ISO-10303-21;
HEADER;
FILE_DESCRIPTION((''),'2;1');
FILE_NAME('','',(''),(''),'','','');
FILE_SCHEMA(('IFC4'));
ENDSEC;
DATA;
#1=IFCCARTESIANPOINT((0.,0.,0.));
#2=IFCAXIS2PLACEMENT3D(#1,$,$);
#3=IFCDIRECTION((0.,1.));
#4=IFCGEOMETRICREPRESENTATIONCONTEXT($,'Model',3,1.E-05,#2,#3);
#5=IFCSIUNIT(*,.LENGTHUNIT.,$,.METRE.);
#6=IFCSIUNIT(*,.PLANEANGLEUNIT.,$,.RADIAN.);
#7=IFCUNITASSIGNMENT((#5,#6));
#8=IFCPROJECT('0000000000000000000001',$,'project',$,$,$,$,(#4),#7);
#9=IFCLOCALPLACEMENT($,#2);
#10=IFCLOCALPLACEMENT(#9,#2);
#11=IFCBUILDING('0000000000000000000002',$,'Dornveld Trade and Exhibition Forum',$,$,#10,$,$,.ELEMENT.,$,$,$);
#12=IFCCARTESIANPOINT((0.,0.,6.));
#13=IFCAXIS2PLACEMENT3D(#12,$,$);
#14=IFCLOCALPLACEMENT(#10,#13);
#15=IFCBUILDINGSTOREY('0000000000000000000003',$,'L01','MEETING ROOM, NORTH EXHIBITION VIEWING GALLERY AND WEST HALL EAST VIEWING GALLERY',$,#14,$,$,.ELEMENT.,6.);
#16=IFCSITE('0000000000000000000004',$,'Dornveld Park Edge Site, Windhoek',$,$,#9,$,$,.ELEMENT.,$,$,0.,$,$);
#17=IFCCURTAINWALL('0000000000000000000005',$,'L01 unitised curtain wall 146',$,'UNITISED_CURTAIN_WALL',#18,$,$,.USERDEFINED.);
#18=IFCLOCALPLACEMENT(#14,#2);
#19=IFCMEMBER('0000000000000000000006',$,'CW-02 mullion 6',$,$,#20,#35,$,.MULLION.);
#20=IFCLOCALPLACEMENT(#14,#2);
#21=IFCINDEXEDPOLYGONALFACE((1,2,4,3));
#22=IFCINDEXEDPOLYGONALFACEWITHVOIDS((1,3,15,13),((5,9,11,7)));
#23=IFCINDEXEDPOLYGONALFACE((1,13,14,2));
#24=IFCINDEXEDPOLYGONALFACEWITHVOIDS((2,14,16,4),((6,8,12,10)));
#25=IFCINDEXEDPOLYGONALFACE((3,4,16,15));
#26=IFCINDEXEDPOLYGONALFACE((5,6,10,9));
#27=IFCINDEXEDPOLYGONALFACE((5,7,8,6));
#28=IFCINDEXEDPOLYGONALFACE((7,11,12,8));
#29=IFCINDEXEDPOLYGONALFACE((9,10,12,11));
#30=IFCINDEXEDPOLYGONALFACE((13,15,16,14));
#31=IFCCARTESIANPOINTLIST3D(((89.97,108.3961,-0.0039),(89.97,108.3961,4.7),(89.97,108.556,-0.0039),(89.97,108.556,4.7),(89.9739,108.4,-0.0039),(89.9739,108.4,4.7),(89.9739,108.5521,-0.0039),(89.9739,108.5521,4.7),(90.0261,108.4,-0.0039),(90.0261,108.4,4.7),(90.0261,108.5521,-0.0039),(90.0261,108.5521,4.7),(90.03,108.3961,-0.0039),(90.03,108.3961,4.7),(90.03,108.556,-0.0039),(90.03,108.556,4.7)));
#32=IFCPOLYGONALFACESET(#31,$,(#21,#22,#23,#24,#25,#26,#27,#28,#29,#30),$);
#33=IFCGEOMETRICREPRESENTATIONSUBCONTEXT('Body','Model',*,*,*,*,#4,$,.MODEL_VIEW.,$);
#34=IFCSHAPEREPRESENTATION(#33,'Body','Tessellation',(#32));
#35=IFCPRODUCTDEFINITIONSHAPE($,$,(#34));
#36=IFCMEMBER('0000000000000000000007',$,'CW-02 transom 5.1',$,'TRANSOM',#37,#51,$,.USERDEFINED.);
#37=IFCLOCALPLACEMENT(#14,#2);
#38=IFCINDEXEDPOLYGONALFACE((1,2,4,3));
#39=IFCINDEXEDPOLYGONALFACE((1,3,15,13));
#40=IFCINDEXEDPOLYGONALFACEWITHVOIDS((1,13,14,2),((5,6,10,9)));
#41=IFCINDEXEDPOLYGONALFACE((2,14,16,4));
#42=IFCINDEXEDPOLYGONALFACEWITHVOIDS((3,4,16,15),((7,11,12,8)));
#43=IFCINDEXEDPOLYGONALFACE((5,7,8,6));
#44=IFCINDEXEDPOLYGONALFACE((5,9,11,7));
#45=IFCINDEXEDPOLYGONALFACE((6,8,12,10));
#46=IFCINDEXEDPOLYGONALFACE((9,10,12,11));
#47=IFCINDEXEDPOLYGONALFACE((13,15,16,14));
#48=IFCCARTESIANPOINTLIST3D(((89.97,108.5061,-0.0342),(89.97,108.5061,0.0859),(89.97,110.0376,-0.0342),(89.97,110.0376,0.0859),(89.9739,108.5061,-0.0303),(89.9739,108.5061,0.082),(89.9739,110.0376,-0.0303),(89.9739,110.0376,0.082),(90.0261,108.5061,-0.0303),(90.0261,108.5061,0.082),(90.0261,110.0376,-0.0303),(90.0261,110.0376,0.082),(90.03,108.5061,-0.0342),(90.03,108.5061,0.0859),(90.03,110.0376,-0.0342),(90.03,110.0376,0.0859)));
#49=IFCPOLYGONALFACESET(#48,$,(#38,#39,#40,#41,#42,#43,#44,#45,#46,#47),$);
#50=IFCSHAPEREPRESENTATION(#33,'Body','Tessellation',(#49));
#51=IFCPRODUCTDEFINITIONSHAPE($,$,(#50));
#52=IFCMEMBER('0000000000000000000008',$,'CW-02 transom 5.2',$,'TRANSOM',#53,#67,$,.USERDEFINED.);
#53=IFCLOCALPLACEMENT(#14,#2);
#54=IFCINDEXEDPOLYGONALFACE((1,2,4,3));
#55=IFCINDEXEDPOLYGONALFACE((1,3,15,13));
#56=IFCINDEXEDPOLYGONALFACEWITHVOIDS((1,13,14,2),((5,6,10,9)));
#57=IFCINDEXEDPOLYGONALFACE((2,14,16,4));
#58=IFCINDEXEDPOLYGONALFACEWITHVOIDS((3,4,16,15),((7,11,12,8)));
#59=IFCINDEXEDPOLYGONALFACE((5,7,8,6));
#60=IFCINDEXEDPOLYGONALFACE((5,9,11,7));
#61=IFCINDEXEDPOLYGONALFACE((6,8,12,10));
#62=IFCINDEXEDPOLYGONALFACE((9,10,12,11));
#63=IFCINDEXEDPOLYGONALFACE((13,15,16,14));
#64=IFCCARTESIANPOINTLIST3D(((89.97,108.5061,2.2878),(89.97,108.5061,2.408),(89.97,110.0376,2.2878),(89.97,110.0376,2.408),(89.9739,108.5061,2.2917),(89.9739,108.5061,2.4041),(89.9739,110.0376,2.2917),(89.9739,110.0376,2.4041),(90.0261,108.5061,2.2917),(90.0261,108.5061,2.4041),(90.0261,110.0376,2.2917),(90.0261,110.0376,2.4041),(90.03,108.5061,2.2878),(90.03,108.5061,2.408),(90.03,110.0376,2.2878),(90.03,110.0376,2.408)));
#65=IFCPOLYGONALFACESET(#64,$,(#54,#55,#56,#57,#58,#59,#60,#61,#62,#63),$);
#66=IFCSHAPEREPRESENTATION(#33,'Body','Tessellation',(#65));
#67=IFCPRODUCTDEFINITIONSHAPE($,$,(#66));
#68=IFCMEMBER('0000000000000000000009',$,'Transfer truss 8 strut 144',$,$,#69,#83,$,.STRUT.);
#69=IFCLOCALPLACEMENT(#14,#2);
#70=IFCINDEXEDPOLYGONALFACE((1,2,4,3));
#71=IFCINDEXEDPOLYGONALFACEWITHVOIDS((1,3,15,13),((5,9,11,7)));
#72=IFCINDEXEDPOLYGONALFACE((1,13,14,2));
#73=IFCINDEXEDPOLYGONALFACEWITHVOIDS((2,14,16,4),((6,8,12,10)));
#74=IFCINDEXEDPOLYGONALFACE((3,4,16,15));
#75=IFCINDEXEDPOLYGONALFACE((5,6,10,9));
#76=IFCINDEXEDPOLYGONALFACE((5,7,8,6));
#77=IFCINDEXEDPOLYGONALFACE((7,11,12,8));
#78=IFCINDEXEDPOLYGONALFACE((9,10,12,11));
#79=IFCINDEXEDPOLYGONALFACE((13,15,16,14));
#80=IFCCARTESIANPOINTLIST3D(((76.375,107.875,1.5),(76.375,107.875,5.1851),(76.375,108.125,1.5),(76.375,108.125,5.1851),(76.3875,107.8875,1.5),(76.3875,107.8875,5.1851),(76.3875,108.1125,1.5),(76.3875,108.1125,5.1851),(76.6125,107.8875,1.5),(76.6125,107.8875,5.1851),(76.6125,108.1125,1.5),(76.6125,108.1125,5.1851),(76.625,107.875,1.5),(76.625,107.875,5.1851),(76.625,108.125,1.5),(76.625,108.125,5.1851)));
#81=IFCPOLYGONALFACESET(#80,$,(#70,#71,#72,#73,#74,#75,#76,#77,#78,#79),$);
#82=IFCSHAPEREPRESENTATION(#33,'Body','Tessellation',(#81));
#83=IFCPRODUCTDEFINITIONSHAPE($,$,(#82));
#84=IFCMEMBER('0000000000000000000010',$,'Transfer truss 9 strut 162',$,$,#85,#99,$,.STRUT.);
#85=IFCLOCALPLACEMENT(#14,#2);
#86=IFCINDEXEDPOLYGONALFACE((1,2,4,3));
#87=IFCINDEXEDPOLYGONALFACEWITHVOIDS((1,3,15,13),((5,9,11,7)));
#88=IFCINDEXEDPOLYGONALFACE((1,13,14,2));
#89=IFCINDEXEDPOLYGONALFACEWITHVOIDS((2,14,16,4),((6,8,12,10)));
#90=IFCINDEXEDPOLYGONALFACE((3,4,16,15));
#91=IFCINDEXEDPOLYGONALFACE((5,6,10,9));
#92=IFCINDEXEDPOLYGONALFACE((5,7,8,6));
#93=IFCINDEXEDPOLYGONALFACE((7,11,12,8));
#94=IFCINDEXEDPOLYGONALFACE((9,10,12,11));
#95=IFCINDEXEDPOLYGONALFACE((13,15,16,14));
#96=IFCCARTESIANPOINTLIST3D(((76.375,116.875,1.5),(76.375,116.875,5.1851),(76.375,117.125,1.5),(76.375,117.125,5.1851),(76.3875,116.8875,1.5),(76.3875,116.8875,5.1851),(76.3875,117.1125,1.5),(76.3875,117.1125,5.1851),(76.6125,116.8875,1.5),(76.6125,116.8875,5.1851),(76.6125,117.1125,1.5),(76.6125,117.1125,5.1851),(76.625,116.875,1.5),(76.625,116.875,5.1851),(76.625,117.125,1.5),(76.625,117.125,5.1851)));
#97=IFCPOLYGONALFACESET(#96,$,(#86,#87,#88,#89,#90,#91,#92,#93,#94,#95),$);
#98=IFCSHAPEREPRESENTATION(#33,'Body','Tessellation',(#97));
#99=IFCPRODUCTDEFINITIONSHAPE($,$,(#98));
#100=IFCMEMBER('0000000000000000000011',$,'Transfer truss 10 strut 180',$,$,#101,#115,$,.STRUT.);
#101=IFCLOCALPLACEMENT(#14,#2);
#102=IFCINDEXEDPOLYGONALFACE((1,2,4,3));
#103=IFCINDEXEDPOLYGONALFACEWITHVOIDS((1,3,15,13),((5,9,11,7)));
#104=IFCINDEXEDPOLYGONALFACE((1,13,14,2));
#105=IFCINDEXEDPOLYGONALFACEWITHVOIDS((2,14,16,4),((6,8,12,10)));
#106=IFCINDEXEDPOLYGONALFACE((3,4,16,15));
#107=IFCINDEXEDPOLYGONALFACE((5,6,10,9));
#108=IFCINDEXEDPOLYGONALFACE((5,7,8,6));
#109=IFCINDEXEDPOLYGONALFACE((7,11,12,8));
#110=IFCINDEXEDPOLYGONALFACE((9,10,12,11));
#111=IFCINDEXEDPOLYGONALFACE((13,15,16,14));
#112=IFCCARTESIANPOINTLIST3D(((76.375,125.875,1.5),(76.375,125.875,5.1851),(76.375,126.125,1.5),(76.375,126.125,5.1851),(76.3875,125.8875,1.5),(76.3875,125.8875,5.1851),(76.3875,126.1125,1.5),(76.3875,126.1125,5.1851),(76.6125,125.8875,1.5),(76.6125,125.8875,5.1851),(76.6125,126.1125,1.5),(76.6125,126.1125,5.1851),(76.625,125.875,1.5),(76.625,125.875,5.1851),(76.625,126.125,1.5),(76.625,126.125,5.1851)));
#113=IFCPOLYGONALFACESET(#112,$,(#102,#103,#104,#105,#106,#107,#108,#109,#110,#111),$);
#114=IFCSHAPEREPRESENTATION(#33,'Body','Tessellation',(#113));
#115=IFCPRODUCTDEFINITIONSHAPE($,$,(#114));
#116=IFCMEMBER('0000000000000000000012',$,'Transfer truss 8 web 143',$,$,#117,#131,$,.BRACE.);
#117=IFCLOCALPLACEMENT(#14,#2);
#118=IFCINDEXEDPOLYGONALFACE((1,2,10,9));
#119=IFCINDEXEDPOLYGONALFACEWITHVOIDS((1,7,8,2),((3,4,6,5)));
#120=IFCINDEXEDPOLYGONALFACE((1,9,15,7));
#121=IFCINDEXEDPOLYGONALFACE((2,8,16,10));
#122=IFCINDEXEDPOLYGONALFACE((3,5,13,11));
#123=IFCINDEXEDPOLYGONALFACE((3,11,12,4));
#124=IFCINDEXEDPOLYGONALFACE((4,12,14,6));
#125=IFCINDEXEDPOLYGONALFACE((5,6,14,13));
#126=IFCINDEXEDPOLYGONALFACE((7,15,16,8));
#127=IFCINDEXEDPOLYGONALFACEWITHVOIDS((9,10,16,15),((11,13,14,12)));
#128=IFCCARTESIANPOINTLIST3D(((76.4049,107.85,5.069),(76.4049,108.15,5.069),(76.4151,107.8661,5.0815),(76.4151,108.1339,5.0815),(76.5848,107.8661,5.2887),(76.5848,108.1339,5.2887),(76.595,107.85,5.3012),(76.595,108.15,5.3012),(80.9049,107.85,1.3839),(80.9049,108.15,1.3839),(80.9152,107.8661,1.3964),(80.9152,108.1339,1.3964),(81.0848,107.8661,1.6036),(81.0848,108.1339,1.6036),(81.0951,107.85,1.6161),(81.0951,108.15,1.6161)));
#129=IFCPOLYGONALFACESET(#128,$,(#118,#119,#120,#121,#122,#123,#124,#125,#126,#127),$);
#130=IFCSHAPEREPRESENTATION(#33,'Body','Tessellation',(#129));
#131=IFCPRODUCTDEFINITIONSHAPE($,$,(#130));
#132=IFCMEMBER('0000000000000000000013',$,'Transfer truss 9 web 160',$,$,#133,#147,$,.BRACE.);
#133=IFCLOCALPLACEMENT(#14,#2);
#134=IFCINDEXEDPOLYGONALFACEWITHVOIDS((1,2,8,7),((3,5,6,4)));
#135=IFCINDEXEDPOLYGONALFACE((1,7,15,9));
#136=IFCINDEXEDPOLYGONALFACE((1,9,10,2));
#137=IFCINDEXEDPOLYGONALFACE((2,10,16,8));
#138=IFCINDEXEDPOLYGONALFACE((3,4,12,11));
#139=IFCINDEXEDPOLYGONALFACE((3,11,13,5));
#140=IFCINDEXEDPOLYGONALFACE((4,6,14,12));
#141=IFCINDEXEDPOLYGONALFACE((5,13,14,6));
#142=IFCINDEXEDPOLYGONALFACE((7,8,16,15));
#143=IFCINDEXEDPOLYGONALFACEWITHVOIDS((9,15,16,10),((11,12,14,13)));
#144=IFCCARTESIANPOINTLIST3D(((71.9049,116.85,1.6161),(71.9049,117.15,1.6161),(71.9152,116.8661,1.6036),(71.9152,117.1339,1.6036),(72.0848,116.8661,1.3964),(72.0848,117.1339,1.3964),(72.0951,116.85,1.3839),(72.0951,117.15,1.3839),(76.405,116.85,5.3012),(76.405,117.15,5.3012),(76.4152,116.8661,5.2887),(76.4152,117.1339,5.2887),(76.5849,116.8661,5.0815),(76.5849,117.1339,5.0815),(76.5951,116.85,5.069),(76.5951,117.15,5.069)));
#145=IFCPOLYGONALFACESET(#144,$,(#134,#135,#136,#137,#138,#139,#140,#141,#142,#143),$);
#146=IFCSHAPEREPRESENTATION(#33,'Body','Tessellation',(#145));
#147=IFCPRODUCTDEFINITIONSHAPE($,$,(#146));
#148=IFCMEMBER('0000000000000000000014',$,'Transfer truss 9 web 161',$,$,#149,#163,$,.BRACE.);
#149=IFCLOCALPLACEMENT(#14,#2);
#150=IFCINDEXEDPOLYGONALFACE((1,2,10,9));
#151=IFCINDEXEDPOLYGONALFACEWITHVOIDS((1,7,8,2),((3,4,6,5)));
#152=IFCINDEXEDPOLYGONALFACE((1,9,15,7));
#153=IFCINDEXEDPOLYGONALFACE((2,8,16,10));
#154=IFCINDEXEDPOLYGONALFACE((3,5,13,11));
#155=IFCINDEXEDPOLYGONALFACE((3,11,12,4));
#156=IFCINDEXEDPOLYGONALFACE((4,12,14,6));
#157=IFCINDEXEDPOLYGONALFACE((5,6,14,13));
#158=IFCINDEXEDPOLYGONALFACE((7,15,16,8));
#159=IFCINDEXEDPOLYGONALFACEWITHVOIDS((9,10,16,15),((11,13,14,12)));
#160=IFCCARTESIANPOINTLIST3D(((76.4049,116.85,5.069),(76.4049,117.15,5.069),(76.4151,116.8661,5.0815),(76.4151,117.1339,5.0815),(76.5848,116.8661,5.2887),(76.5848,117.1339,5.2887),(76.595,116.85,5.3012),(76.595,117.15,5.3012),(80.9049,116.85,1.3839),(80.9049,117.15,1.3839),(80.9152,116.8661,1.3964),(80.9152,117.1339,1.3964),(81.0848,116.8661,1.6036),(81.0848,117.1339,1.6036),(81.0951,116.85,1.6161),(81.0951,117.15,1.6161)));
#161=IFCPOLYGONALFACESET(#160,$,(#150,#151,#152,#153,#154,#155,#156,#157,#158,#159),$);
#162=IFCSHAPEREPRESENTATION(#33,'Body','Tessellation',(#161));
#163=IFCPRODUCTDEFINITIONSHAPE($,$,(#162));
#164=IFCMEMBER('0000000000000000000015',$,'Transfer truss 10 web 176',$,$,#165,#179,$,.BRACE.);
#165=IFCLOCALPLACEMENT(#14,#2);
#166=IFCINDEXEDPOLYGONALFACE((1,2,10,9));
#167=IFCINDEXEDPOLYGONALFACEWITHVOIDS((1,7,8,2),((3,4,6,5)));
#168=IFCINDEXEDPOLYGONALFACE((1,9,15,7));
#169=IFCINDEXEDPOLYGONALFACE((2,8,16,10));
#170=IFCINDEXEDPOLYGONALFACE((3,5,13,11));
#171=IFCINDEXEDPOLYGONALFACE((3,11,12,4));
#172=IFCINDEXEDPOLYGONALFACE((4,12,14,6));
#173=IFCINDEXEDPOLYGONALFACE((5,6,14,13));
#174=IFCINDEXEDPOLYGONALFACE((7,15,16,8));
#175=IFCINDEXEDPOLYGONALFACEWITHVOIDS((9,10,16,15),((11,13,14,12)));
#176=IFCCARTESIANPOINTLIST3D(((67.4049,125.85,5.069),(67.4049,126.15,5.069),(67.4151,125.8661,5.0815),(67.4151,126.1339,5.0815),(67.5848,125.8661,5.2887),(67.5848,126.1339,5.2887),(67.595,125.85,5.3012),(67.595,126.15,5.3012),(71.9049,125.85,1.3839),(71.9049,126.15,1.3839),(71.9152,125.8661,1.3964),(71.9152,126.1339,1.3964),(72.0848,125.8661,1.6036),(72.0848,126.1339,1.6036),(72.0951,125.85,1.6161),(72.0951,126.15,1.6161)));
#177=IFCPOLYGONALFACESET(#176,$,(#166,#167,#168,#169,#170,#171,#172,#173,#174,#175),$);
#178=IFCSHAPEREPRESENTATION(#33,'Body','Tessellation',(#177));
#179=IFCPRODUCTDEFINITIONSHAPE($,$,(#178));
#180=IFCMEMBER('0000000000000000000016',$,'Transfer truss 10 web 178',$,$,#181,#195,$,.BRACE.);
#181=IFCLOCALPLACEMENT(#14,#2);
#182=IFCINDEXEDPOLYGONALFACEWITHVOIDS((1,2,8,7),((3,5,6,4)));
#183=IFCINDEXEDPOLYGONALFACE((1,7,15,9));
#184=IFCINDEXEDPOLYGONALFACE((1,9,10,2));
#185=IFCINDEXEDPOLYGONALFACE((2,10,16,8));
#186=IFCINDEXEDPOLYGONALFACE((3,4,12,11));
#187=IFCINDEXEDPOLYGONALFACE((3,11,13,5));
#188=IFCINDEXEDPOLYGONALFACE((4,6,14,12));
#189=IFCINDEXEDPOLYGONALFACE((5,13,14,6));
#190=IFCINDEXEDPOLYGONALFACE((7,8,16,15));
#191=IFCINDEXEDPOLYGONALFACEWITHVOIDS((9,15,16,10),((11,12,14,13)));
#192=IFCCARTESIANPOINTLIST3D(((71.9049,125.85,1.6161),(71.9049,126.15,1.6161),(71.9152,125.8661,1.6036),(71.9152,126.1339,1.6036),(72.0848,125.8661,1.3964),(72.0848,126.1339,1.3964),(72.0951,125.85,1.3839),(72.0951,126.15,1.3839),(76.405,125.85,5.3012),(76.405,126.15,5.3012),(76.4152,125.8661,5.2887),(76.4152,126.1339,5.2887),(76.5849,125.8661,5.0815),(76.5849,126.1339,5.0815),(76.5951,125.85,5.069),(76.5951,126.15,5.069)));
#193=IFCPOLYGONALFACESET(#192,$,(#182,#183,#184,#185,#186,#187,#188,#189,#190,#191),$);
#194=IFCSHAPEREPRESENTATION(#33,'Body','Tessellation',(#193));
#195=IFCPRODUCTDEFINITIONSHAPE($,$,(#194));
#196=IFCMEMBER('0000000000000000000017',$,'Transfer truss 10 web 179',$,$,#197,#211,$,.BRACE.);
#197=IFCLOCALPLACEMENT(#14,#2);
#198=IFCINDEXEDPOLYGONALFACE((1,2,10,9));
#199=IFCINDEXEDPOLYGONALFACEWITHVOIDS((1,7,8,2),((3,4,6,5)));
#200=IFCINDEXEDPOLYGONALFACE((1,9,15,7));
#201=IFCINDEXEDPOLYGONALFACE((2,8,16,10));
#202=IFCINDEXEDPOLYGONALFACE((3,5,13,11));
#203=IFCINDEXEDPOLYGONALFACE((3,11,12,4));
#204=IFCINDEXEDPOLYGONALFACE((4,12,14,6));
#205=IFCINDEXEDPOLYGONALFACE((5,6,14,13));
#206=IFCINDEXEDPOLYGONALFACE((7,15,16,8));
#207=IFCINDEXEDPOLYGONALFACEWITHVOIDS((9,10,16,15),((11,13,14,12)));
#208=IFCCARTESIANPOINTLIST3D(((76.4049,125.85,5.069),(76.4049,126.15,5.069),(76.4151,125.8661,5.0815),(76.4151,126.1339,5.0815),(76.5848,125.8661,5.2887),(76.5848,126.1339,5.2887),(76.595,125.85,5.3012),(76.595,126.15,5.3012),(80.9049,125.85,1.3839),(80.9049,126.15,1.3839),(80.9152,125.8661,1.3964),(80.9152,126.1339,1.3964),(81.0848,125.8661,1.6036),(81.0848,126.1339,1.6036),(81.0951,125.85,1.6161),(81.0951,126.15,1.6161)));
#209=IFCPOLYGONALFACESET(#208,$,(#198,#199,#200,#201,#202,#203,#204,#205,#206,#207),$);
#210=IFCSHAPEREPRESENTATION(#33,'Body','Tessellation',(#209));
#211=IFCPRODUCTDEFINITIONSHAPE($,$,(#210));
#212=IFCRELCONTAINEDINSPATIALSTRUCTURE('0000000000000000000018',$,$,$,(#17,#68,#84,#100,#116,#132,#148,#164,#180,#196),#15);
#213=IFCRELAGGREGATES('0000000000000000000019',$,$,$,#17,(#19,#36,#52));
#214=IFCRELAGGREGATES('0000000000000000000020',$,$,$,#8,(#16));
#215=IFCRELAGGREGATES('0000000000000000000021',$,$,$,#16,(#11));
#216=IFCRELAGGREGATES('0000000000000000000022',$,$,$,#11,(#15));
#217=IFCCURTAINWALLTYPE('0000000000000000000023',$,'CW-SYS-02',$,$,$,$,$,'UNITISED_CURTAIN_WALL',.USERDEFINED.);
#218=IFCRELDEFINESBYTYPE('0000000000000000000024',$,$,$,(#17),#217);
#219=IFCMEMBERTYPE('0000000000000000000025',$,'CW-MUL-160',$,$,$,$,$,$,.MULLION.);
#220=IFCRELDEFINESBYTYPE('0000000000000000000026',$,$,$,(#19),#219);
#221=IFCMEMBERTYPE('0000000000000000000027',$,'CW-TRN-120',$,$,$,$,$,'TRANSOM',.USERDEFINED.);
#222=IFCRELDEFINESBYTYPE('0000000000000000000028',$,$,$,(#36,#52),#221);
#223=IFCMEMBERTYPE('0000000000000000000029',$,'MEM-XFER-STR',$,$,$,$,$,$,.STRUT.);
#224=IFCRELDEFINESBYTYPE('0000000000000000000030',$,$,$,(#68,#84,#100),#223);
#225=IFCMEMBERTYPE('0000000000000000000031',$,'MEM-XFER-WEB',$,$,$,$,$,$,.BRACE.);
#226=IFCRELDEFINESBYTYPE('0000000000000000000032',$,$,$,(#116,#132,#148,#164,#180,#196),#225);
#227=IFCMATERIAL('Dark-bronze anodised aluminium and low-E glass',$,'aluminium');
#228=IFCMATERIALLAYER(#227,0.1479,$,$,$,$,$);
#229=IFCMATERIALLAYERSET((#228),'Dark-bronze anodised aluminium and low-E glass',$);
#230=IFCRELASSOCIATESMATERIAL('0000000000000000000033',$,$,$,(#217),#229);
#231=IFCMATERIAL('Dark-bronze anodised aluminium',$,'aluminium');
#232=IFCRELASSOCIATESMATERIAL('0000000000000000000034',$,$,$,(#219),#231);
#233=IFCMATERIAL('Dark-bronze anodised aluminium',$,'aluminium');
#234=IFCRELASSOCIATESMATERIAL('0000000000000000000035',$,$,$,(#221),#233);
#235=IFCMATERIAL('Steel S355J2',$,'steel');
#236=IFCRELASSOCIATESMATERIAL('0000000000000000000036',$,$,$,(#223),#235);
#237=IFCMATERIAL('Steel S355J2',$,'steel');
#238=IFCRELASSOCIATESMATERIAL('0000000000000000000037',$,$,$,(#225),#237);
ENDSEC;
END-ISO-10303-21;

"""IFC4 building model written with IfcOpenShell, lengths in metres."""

from ifc_helpers import new_model, si_unit, direction, frame, origin, origin_2d, place, context, subcontext, project, spatial, hollow_rectangle, extrude, material, layer, layer_set, material_profile, profile_set, type_object, element, aggregate, save


model = new_model("IFC4")

# Units and contexts
model_context = context("Model", 3, precision=1e-05, world=origin(), true_north=direction((0.0, 1.0)))
body_context = subcontext(model_context, "Body", "Model", "MODEL_VIEW")
ifc_project = project(units=[si_unit("LENGTHUNIT", "METRE"), si_unit("PLANEANGLEUNIT", "RADIAN")], contexts=[model_context])

# Site, building, storey
site_placement = place(None, origin())
site = spatial("IfcSite", under=ifc_project, at=site_placement, Name="Dornveld Park Edge Site, Windhoek", CompositionType="ELEMENT", RefElevation=0.0)
building_placement = place(site_placement, origin())
building = spatial("IfcBuilding", under=site, at=building_placement, Name="Dornveld Trade and Exhibition Forum", CompositionType="ELEMENT")
storey_placement = place(building_placement, frame((0.0, 0.0, 6.0)))
storey = spatial("IfcBuildingStorey", under=building, at=storey_placement, Name="L01", Description="MEETING ROOM, NORTH EXHIBITION VIEWING GALLERY AND WEST HALL EAST VIEWING GALLERY", CompositionType="ELEMENT", Elevation=6.0)

# Curtain wall, members
ifc_material_1 = material(Name="Dark-bronze anodised aluminium and low-E glass", Category="aluminium")
ifc_layer_1 = layer(ifc_material_1, 0.1479)
ifc_layer_set_1 = layer_set([ifc_layer_1], Name="Dark-bronze anodised aluminium and low-E glass")
curtain_wall_type = type_object("IfcCurtainWallType", Name="CW-SYS-02", ElementType="UNITISED_CURTAIN_WALL", PredefinedType="USERDEFINED", material=ifc_layer_set_1)
curtain_wall_placement = place(storey_placement, origin())
curtain_wall = element("IfcCurtainWall", 1, at=curtain_wall_placement, inside=storey, type_object=curtain_wall_type, Name="L01 unitised curtain wall 146", ObjectType="UNITISED_CURTAIN_WALL", PredefinedType="USERDEFINED")
ifc_material_2 = material(Name="Dark-bronze anodised aluminium", Category="aluminium")
ifc_material_profile_1 = material_profile(ifc_material_2, hollow_rectangle(XDim=0.0601, YDim=0.1599, WallThickness=0.0039, at=origin_2d()), Name="RHS 160x60x4")
ifc_profile_set_1 = profile_set([ifc_material_profile_1], Name="Dark-bronze anodised aluminium")
member_type_1 = type_object("IfcMemberType", Name="CW-MUL-160", PredefinedType="MULLION", material=ifc_profile_set_1)
member_1_placement = place(storey_placement, frame((90.0, 108.4761, -0.0039), z_axis=(0.0, 0.0, 1.0), x_axis=(1.0, 0.0, 0.0)))
member_1 = element("IfcMember", 2, at=member_1_placement, type_object=member_type_1, Name="CW-02 mullion 6", PredefinedType="MULLION", context=body_context, shape_type="SweptSolid", body=[
    extrude(hollow_rectangle(XDim=0.0601, YDim=0.1599, WallThickness=0.0039, at=origin_2d()), origin(), (0.0, 0.0, 1.0), 4.7039),
])
ifc_material_3 = material(Name="Dark-bronze anodised aluminium", Category="aluminium")
ifc_material_profile_2 = material_profile(ifc_material_3, hollow_rectangle(XDim=0.0601, YDim=0.1201, WallThickness=0.0039, at=origin_2d()), Name="RHS 120x60x4")
ifc_profile_set_2 = profile_set([ifc_material_profile_2], Name="Dark-bronze anodised aluminium")
member_type_2 = type_object("IfcMemberType", Name="CW-TRN-120", ElementType="TRANSOM", PredefinedType="USERDEFINED", material=ifc_profile_set_2)
member_2_placement = place(storey_placement, frame((90.0, 110.0376, 0.0259), z_axis=(0.0, -1.0, 0.0), x_axis=(1.0, 0.0, 0.0)))
member_2 = element("IfcMember", 3, at=member_2_placement, type_object=member_type_2, Name="CW-02 transom 5.1", ObjectType="TRANSOM", PredefinedType="USERDEFINED", context=body_context, shape_type="SweptSolid", body=[
    extrude(hollow_rectangle(XDim=0.0601, YDim=0.1201, WallThickness=0.0039, at=origin_2d()), origin(), (0.0, 0.0, 1.0), 1.5315),
])
member_3_placement = place(storey_placement, frame((90.0, 110.0376, 2.3479), z_axis=(0.0, -1.0, 0.0), x_axis=(1.0, 0.0, 0.0)))
member_3 = element("IfcMember", 4, at=member_3_placement, type_object=member_type_2, Name="CW-02 transom 5.2", ObjectType="TRANSOM", PredefinedType="USERDEFINED", context=body_context, shape_type="SweptSolid", body=[
    extrude(hollow_rectangle(XDim=0.0601, YDim=0.1201, WallThickness=0.0039, at=origin_2d()), origin(), (0.0, 0.0, 1.0), 1.5315),
])

# Members
ifc_material_4 = material(Name="Steel S355J2", Category="steel")
ifc_material_profile_3 = material_profile(ifc_material_4, hollow_rectangle(XDim=0.25, YDim=0.25, WallThickness=0.0125, at=origin_2d()), Name="SHS 250x250x12.5")
ifc_profile_set_3 = profile_set([ifc_material_profile_3], Name="Steel S355J2")
member_type_3 = type_object("IfcMemberType", Name="MEM-XFER-STR", PredefinedType="STRUT", material=ifc_profile_set_3)
for number, where, z_axis, x_axis, name in (
    (5, (76.5, 108.0, 1.5), (0.0, 0.0, 1.0), (1.0, 0.0, 0.0), "Transfer truss 8 strut 144"),
    (6, (76.5, 117.0, 1.5), (0.0, 0.0, 1.0), (1.0, 0.0, 0.0), "Transfer truss 9 strut 162"),
    (7, (76.5, 126.0, 1.5), (0.0, 0.0, 1.0), (1.0, 0.0, 0.0), "Transfer truss 10 strut 180"),
):
    element("IfcMember", number, at=place(storey_placement, frame(where, z_axis=z_axis, x_axis=x_axis)), inside=storey, type_object=member_type_3, Name=name, PredefinedType="STRUT", context=body_context, shape_type="SweptSolid", body=[
        extrude(hollow_rectangle(XDim=0.25, YDim=0.25, WallThickness=0.0125, at=origin_2d()), origin(), (0.0, 0.0, 1.0), 3.6851),
    ])
ifc_material_5 = material(Name="Steel S355J2", Category="steel")
ifc_material_profile_4 = material_profile(ifc_material_5, hollow_rectangle(XDim=0.3, YDim=0.3, WallThickness=0.0161, at=origin_2d()), Name="SHS 300x300x16")
ifc_profile_set_4 = profile_set([ifc_material_profile_4], Name="Steel S355J2")
member_type_4 = type_object("IfcMemberType", Name="MEM-XFER-WEB", PredefinedType="BRACE", material=ifc_profile_set_4)
for number, where, z_axis, x_axis, name in (
    (8, (81.0, 108.0, 1.5), (-0.773684, 0.0, 0.633571), (0.0, -1.0, 0.0), "Transfer truss 8 web 143"),
    (9, (72.0, 117.0, 1.5), (0.773684, 0.0, 0.633571), (0.0, 1.0, 0.0), "Transfer truss 9 web 160"),
    (10, (81.0, 117.0, 1.5), (-0.773684, 0.0, 0.633571), (0.0, -1.0, 0.0), "Transfer truss 9 web 161"),
    (11, (72.0, 126.0, 1.5), (-0.773684, 0.0, 0.633571), (0.0, -1.0, 0.0), "Transfer truss 10 web 176"),
    (12, (72.0, 126.0, 1.5), (0.773684, 0.0, 0.633571), (0.0, 1.0, 0.0), "Transfer truss 10 web 178"),
    (13, (81.0, 126.0, 1.5), (-0.773684, 0.0, 0.633571), (0.0, -1.0, 0.0), "Transfer truss 10 web 179"),
):
    element("IfcMember", number, at=place(storey_placement, frame(where, z_axis=z_axis, x_axis=x_axis)), inside=storey, type_object=member_type_4, Name=name, PredefinedType="BRACE", context=body_context, shape_type="SweptSolid", body=[
        extrude(hollow_rectangle(XDim=0.3, YDim=0.3, WallThickness=0.0161, at=origin_2d()), origin(), (0.0, 0.0, 1.0), 5.8164),
    ])

aggregate(curtain_wall, [member_1, member_2, member_3])

save(model, "model.ifc")
